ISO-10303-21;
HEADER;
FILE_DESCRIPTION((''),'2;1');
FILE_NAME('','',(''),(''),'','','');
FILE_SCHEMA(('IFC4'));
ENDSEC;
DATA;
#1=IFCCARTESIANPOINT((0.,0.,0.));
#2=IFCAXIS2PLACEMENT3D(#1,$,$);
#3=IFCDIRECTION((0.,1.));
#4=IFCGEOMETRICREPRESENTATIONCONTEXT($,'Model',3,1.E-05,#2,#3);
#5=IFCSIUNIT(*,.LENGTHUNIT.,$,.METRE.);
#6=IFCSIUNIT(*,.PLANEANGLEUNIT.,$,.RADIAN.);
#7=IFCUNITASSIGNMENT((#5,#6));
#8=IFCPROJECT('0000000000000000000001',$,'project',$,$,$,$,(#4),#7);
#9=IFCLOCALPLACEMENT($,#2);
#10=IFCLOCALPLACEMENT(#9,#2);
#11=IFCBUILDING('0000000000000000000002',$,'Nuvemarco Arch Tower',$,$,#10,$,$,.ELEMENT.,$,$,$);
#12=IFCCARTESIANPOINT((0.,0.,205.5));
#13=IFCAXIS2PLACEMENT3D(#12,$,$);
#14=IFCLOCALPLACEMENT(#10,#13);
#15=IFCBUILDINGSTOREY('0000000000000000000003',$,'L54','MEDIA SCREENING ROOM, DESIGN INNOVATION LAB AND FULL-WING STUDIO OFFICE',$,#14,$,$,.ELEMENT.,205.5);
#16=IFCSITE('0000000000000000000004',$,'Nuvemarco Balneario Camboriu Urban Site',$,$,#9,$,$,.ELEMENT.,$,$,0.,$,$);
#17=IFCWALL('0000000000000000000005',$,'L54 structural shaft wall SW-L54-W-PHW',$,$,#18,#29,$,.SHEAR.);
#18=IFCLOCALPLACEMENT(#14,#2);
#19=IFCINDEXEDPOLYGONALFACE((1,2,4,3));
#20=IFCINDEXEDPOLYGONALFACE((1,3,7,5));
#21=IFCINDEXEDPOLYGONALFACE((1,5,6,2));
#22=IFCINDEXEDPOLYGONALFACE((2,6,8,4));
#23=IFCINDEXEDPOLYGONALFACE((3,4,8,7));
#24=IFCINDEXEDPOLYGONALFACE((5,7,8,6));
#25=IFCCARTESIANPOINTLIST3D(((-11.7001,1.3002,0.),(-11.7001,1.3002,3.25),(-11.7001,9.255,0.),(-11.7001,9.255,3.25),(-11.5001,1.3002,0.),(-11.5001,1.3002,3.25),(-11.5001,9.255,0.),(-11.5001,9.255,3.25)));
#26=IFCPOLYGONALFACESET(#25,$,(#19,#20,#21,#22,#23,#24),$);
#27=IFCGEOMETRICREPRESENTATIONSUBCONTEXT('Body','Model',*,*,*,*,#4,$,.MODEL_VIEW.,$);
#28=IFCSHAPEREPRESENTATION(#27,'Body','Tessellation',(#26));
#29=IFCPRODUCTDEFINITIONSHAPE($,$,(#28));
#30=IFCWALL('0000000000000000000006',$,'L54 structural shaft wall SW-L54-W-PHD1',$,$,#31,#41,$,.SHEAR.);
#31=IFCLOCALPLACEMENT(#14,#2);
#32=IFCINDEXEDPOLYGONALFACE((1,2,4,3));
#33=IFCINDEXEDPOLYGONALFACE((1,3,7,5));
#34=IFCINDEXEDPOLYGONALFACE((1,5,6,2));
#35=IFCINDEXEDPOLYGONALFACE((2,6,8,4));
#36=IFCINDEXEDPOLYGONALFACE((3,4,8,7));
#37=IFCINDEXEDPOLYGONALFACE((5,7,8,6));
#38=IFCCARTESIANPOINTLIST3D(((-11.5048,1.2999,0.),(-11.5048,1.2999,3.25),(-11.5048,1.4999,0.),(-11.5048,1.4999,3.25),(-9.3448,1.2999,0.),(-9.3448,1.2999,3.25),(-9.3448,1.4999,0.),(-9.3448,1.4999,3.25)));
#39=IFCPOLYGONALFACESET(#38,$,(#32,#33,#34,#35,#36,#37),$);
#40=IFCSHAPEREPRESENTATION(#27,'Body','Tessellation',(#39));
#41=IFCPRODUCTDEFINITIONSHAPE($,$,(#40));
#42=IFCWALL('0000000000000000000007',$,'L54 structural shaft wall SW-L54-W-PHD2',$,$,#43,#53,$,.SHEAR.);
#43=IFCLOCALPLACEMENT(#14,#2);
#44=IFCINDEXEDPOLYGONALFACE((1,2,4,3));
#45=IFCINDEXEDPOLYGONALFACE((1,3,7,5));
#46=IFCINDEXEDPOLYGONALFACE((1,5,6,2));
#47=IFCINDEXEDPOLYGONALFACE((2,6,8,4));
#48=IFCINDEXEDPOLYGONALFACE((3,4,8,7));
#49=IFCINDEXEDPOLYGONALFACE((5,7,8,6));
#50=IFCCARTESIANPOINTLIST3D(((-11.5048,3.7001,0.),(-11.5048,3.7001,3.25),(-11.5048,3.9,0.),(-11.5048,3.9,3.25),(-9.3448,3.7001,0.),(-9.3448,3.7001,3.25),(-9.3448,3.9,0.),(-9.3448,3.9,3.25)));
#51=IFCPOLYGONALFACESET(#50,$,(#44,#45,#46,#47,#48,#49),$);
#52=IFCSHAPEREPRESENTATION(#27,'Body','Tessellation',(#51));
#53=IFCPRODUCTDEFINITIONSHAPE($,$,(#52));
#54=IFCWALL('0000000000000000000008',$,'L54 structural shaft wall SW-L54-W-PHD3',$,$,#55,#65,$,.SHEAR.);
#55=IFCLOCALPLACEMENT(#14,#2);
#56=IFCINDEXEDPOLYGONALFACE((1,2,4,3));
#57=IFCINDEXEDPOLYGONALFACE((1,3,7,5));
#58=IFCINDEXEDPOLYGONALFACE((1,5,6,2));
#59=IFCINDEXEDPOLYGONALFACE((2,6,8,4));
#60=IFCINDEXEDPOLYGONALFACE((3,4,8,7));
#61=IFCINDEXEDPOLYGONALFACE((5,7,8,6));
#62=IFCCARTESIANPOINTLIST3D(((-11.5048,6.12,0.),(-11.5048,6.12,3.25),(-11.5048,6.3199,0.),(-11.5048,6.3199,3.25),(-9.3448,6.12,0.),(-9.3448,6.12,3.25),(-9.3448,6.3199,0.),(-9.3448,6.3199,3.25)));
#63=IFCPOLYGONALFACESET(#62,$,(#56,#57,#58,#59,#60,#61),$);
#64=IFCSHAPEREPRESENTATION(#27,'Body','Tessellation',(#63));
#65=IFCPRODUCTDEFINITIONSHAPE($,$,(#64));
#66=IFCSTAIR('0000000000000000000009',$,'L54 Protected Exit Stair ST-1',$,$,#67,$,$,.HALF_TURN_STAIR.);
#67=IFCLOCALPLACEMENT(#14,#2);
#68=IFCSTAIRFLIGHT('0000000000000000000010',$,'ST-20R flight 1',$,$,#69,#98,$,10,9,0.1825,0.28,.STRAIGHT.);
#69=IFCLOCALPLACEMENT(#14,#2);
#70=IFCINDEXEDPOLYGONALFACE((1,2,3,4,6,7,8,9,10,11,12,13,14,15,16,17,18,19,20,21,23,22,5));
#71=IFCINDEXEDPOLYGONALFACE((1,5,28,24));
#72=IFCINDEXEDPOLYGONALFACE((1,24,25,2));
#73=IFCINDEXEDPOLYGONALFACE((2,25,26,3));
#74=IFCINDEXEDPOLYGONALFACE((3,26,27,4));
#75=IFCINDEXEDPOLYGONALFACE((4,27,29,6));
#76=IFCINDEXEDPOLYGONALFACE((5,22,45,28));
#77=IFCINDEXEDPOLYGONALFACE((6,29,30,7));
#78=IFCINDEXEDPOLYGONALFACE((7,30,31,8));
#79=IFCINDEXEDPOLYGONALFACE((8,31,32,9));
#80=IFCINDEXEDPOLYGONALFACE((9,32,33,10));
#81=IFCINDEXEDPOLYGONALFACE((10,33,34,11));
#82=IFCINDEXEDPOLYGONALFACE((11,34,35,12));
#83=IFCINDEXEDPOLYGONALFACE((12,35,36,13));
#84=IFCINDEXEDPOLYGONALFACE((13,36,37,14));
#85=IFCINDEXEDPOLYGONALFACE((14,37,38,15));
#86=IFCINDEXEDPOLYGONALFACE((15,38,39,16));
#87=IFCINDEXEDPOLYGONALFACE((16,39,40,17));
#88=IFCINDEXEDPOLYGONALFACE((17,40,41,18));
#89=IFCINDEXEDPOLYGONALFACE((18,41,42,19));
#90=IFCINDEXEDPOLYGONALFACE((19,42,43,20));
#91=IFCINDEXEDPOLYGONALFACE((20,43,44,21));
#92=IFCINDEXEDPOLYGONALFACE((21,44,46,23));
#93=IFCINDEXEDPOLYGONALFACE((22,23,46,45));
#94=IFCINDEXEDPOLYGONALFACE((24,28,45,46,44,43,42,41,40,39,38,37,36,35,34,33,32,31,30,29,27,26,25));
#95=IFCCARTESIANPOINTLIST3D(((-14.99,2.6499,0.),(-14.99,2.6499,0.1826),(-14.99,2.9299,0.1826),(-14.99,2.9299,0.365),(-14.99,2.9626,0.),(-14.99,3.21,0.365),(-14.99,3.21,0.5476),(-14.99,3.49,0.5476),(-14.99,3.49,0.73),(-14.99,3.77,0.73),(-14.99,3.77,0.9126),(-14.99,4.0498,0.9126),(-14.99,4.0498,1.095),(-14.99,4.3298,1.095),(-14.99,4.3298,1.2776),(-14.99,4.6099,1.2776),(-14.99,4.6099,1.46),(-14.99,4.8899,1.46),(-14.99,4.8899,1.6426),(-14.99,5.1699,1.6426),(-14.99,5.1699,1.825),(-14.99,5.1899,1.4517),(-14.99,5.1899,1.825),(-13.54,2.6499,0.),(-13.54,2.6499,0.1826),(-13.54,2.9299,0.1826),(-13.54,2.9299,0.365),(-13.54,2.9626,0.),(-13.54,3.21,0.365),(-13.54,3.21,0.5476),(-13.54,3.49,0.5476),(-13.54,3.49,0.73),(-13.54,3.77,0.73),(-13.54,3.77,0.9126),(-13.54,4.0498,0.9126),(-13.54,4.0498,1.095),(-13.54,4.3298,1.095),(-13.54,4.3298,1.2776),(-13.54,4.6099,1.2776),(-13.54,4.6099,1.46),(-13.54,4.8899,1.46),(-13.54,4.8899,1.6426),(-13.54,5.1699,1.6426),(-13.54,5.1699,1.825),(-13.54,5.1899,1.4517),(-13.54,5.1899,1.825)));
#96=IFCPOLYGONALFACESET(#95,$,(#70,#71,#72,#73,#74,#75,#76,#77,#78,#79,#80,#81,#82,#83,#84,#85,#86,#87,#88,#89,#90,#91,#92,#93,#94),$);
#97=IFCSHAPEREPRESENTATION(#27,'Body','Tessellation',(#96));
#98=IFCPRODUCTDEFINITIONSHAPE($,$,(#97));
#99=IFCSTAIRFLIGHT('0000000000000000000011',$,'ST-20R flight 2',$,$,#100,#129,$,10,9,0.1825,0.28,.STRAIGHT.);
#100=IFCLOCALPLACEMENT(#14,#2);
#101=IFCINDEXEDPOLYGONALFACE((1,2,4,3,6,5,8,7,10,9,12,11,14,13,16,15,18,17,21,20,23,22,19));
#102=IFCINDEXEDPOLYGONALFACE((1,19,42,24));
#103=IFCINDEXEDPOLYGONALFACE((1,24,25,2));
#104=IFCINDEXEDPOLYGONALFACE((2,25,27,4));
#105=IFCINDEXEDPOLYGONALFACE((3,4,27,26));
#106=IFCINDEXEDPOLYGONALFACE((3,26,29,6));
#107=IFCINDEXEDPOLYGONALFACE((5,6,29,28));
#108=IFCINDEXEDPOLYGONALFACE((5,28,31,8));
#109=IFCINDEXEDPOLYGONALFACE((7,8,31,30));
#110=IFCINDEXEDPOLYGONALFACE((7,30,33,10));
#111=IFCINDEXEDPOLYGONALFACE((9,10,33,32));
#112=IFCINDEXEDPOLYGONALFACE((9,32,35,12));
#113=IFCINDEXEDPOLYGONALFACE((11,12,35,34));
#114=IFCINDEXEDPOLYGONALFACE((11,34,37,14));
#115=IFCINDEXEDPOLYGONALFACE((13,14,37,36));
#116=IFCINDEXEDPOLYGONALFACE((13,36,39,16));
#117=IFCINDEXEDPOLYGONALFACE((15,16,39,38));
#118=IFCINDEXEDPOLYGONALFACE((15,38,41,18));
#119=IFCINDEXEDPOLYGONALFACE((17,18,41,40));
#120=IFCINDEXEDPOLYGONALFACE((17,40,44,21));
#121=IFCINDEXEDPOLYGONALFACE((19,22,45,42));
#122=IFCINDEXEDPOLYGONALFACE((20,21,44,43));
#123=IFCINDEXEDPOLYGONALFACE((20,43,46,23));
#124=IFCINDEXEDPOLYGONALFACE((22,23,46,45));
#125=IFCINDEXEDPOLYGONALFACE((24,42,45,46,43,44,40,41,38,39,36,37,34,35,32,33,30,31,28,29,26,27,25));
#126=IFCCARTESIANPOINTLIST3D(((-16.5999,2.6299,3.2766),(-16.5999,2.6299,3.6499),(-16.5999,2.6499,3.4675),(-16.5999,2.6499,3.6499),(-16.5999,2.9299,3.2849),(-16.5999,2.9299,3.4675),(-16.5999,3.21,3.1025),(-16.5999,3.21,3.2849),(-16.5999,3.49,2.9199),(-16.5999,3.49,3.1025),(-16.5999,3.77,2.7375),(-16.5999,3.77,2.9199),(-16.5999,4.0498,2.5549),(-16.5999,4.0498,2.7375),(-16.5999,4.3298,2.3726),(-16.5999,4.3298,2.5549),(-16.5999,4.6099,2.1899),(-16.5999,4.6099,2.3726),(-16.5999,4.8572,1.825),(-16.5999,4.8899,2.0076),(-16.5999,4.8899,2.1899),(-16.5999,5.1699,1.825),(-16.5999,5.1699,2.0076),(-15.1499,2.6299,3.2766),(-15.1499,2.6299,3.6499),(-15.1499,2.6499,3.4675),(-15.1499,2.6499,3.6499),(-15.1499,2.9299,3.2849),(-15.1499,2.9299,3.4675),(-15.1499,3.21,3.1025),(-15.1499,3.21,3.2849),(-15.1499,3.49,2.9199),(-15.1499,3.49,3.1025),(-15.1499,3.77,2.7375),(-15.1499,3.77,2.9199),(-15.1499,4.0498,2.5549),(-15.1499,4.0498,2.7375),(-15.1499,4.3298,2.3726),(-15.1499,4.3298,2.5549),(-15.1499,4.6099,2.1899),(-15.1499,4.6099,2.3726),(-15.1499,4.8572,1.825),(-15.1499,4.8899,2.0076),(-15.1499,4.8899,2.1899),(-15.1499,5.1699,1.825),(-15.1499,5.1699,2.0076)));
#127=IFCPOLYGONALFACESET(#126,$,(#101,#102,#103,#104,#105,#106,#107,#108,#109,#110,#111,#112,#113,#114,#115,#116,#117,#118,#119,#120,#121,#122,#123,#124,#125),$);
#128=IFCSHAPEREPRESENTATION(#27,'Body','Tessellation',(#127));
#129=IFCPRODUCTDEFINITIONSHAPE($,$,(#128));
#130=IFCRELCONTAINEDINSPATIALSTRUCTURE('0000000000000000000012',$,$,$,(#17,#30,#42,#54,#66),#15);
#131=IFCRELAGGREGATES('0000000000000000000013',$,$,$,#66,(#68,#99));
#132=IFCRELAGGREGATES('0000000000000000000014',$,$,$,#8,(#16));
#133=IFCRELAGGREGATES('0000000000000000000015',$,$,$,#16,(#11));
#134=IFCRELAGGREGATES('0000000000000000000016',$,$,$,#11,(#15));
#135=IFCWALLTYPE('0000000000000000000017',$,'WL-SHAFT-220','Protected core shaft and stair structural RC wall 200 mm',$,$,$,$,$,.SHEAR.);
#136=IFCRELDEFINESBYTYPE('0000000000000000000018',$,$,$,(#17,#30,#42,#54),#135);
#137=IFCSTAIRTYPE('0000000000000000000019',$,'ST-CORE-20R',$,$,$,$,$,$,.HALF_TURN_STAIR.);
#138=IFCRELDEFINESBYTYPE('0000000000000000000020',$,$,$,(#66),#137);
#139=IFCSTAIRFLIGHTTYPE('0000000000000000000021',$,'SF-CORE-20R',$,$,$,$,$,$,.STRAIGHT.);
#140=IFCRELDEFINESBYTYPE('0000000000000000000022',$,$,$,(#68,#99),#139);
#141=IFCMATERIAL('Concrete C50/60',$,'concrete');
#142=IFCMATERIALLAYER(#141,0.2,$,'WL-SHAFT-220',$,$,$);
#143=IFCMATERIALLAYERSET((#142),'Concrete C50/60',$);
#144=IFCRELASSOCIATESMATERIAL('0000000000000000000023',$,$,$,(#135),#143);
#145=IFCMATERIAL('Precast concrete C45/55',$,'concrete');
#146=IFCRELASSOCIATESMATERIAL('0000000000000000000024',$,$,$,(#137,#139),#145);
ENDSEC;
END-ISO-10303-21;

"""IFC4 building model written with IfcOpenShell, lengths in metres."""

from ifc_helpers import new_model, si_unit, direction, frame, frame_2d, origin, place, context, subcontext, project, spatial, polyline, rectangle, outline, extrude, material, layer, layer_set, type_object, element, aggregate, save


model = new_model("IFC4")

# Units and contexts
model_context = context("Model", 3, precision=1e-05, world=origin(), true_north=direction((0.0, 1.0)))
body_context = subcontext(model_context, "Body", "Model", "MODEL_VIEW")
ifc_project = project(units=[si_unit("LENGTHUNIT", "METRE"), si_unit("PLANEANGLEUNIT", "RADIAN")], contexts=[model_context])

# Site, building, storey
site_placement = place(None, origin())
site = spatial("IfcSite", under=ifc_project, at=site_placement, Name="Nuvemarco Balneario Camboriu Urban Site", CompositionType="ELEMENT", RefElevation=0.0)
building_placement = place(site_placement, origin())
building = spatial("IfcBuilding", under=site, at=building_placement, Name="Nuvemarco Arch Tower", CompositionType="ELEMENT")
storey_placement = place(building_placement, frame((0.0, 0.0, 205.5)))
storey = spatial("IfcBuildingStorey", under=building, at=storey_placement, Name="L54", Description="MEDIA SCREENING ROOM, DESIGN INNOVATION LAB AND FULL-WING STUDIO OFFICE", CompositionType="ELEMENT", Elevation=205.5)

# Shared definitions
ifc_material_1 = material(Name="Concrete C50/60", Category="concrete")

# Shared definitions
ifc_layer_1 = layer(ifc_material_1, 0.2, Name="WL-SHAFT-220")
ifc_layer_set_1 = layer_set([ifc_layer_1], Name="Concrete C50/60")
wall_type_1 = type_object("IfcWallType", Name="WL-SHAFT-220", Description="Protected core shaft and stair structural RC wall 200 mm", PredefinedType="SHEAR", material=ifc_layer_set_1)

# Walls
wall_1_placement = place(storey_placement, frame((-11.6001, 1.3, 0.0), z_axis=(0.0, 0.0, 1.0), x_axis=(0.0, 1.0, 0.0)))
element("IfcWall", 1, at=wall_1_placement, inside=storey, type_object=wall_type_1, Name="L54 structural shaft wall SW-L54-W-PHW", PredefinedType="SHEAR", context=body_context, shape_type="SweptSolid", body=[
    extrude(rectangle(XDim=7.9548, YDim=0.2, at=frame_2d((3.9775, 0.0))), origin(), (0.0, 0.0, 1.0), 3.25),
])
for number, where, z_axis, x_axis, name in (
    (2, (-11.5049, 1.3999, 0.0), (0.0, 0.0, 1.0), (1.0, 0.0, 0.0), "L54 structural shaft wall SW-L54-W-PHD1"),
    (3, (-11.5049, 3.8, 0.0), (0.0, 0.0, 1.0), (1.0, 0.0, 0.0), "L54 structural shaft wall SW-L54-W-PHD2"),
    (4, (-11.5049, 6.22, 0.0), (0.0, 0.0, 1.0), (1.0, 0.0, 0.0), "L54 structural shaft wall SW-L54-W-PHD3"),
):
    element("IfcWall", number, at=place(storey_placement, frame(where, z_axis=z_axis, x_axis=x_axis)), inside=storey, type_object=wall_type_1, Name=name, PredefinedType="SHEAR", context=body_context, shape_type="SweptSolid", body=[
        extrude(rectangle(XDim=2.1599, YDim=0.2, at=frame_2d((1.0801, 0.0))), origin(), (0.0, 0.0, 1.0), 3.25),
    ])

# Stair, stair flights
ifc_material_2 = material(Name="Precast concrete C45/55", Category="concrete")
stair_type = type_object("IfcStairType", Name="ST-CORE-20R", PredefinedType="HALF_TURN_STAIR", material=ifc_material_2)
stair_placement = place(storey_placement, origin())
stair = element("IfcStair", 5, at=stair_placement, inside=storey, type_object=stair_type, Name="L54 Protected Exit Stair ST-1", PredefinedType="HALF_TURN_STAIR")
stair_flight_type = type_object("IfcStairFlightType", Name="SF-CORE-20R", PredefinedType="STRAIGHT", material=ifc_material_2)
stair_flight_1_placement = place(storey_placement, frame((-14.2649, 2.6499, 0.0), z_axis=(0.0, 0.0, 1.0), x_axis=(0.0, 1.0, 0.0)))
stair_flight_1 = element("IfcStairFlight", 6, at=stair_flight_1_placement, type_object=stair_flight_type, Name="ST-20R flight 1", NumberOfRisers=10, NumberOfTreads=9, PredefinedType="STRAIGHT", RiserHeight=0.1825, TreadLength=0.28, context=body_context, shape_type="SweptSolid", body=[
    extrude(outline(polyline([(0.0, 0.0), (0.0, 0.1826), (0.28, 0.1826), (0.28, 0.365), (0.5601, 0.365), (0.5601, 0.5476), (0.8401, 0.5476), (0.8401, 0.73), (1.1201, 0.73), (1.1201, 0.9126), (1.3999, 0.9126), (1.3999, 1.095), (1.6799, 1.095), (1.6799, 1.2776), (1.96, 1.2776), (1.96, 1.46), (2.24, 1.46), (2.24, 1.6426), (2.52, 1.6426), (2.52, 1.825), (2.54, 1.825), (2.54, 1.4517), (0.3127, 0.0), (0.0, 0.0)])), frame((0.0, 0.7251, 0.0), z_axis=(0.0, -1.0, 0.0), x_axis=(1.0, 0.0, 0.0)), (0.0, 0.0, 1.0), 1.45),
])
stair_flight_2_placement = place(storey_placement, frame((-15.875, 5.1699, 1.825), z_axis=(0.0, 0.0, 1.0), x_axis=(0.0, -1.0, 0.0)))
stair_flight_2 = element("IfcStairFlight", 7, at=stair_flight_2_placement, type_object=stair_flight_type, Name="ST-20R flight 2", NumberOfRisers=10, NumberOfTreads=9, PredefinedType="STRAIGHT", RiserHeight=0.1825, TreadLength=0.28, context=body_context, shape_type="SweptSolid", body=[
    extrude(outline(polyline([(0.0, 0.0), (0.0, 0.1826), (0.28, 0.1826), (0.28, 0.365), (0.5601, 0.365), (0.5601, 0.5476), (0.8401, 0.5476), (0.8401, 0.73), (1.1201, 0.73), (1.1201, 0.9126), (1.3999, 0.9126), (1.3999, 1.095), (1.6799, 1.095), (1.6799, 1.2776), (1.96, 1.2776), (1.96, 1.46), (2.24, 1.46), (2.24, 1.6426), (2.52, 1.6426), (2.52, 1.825), (2.54, 1.825), (2.54, 1.4517), (0.3127, 0.0), (0.0, 0.0)])), frame((0.0, 0.7251, 0.0), z_axis=(0.0, -1.0, 0.0), x_axis=(1.0, 0.0, 0.0)), (0.0, 0.0, 1.0), 1.45),
])
aggregate(stair, [stair_flight_1, stair_flight_2])

save(model, "model.ifc")
